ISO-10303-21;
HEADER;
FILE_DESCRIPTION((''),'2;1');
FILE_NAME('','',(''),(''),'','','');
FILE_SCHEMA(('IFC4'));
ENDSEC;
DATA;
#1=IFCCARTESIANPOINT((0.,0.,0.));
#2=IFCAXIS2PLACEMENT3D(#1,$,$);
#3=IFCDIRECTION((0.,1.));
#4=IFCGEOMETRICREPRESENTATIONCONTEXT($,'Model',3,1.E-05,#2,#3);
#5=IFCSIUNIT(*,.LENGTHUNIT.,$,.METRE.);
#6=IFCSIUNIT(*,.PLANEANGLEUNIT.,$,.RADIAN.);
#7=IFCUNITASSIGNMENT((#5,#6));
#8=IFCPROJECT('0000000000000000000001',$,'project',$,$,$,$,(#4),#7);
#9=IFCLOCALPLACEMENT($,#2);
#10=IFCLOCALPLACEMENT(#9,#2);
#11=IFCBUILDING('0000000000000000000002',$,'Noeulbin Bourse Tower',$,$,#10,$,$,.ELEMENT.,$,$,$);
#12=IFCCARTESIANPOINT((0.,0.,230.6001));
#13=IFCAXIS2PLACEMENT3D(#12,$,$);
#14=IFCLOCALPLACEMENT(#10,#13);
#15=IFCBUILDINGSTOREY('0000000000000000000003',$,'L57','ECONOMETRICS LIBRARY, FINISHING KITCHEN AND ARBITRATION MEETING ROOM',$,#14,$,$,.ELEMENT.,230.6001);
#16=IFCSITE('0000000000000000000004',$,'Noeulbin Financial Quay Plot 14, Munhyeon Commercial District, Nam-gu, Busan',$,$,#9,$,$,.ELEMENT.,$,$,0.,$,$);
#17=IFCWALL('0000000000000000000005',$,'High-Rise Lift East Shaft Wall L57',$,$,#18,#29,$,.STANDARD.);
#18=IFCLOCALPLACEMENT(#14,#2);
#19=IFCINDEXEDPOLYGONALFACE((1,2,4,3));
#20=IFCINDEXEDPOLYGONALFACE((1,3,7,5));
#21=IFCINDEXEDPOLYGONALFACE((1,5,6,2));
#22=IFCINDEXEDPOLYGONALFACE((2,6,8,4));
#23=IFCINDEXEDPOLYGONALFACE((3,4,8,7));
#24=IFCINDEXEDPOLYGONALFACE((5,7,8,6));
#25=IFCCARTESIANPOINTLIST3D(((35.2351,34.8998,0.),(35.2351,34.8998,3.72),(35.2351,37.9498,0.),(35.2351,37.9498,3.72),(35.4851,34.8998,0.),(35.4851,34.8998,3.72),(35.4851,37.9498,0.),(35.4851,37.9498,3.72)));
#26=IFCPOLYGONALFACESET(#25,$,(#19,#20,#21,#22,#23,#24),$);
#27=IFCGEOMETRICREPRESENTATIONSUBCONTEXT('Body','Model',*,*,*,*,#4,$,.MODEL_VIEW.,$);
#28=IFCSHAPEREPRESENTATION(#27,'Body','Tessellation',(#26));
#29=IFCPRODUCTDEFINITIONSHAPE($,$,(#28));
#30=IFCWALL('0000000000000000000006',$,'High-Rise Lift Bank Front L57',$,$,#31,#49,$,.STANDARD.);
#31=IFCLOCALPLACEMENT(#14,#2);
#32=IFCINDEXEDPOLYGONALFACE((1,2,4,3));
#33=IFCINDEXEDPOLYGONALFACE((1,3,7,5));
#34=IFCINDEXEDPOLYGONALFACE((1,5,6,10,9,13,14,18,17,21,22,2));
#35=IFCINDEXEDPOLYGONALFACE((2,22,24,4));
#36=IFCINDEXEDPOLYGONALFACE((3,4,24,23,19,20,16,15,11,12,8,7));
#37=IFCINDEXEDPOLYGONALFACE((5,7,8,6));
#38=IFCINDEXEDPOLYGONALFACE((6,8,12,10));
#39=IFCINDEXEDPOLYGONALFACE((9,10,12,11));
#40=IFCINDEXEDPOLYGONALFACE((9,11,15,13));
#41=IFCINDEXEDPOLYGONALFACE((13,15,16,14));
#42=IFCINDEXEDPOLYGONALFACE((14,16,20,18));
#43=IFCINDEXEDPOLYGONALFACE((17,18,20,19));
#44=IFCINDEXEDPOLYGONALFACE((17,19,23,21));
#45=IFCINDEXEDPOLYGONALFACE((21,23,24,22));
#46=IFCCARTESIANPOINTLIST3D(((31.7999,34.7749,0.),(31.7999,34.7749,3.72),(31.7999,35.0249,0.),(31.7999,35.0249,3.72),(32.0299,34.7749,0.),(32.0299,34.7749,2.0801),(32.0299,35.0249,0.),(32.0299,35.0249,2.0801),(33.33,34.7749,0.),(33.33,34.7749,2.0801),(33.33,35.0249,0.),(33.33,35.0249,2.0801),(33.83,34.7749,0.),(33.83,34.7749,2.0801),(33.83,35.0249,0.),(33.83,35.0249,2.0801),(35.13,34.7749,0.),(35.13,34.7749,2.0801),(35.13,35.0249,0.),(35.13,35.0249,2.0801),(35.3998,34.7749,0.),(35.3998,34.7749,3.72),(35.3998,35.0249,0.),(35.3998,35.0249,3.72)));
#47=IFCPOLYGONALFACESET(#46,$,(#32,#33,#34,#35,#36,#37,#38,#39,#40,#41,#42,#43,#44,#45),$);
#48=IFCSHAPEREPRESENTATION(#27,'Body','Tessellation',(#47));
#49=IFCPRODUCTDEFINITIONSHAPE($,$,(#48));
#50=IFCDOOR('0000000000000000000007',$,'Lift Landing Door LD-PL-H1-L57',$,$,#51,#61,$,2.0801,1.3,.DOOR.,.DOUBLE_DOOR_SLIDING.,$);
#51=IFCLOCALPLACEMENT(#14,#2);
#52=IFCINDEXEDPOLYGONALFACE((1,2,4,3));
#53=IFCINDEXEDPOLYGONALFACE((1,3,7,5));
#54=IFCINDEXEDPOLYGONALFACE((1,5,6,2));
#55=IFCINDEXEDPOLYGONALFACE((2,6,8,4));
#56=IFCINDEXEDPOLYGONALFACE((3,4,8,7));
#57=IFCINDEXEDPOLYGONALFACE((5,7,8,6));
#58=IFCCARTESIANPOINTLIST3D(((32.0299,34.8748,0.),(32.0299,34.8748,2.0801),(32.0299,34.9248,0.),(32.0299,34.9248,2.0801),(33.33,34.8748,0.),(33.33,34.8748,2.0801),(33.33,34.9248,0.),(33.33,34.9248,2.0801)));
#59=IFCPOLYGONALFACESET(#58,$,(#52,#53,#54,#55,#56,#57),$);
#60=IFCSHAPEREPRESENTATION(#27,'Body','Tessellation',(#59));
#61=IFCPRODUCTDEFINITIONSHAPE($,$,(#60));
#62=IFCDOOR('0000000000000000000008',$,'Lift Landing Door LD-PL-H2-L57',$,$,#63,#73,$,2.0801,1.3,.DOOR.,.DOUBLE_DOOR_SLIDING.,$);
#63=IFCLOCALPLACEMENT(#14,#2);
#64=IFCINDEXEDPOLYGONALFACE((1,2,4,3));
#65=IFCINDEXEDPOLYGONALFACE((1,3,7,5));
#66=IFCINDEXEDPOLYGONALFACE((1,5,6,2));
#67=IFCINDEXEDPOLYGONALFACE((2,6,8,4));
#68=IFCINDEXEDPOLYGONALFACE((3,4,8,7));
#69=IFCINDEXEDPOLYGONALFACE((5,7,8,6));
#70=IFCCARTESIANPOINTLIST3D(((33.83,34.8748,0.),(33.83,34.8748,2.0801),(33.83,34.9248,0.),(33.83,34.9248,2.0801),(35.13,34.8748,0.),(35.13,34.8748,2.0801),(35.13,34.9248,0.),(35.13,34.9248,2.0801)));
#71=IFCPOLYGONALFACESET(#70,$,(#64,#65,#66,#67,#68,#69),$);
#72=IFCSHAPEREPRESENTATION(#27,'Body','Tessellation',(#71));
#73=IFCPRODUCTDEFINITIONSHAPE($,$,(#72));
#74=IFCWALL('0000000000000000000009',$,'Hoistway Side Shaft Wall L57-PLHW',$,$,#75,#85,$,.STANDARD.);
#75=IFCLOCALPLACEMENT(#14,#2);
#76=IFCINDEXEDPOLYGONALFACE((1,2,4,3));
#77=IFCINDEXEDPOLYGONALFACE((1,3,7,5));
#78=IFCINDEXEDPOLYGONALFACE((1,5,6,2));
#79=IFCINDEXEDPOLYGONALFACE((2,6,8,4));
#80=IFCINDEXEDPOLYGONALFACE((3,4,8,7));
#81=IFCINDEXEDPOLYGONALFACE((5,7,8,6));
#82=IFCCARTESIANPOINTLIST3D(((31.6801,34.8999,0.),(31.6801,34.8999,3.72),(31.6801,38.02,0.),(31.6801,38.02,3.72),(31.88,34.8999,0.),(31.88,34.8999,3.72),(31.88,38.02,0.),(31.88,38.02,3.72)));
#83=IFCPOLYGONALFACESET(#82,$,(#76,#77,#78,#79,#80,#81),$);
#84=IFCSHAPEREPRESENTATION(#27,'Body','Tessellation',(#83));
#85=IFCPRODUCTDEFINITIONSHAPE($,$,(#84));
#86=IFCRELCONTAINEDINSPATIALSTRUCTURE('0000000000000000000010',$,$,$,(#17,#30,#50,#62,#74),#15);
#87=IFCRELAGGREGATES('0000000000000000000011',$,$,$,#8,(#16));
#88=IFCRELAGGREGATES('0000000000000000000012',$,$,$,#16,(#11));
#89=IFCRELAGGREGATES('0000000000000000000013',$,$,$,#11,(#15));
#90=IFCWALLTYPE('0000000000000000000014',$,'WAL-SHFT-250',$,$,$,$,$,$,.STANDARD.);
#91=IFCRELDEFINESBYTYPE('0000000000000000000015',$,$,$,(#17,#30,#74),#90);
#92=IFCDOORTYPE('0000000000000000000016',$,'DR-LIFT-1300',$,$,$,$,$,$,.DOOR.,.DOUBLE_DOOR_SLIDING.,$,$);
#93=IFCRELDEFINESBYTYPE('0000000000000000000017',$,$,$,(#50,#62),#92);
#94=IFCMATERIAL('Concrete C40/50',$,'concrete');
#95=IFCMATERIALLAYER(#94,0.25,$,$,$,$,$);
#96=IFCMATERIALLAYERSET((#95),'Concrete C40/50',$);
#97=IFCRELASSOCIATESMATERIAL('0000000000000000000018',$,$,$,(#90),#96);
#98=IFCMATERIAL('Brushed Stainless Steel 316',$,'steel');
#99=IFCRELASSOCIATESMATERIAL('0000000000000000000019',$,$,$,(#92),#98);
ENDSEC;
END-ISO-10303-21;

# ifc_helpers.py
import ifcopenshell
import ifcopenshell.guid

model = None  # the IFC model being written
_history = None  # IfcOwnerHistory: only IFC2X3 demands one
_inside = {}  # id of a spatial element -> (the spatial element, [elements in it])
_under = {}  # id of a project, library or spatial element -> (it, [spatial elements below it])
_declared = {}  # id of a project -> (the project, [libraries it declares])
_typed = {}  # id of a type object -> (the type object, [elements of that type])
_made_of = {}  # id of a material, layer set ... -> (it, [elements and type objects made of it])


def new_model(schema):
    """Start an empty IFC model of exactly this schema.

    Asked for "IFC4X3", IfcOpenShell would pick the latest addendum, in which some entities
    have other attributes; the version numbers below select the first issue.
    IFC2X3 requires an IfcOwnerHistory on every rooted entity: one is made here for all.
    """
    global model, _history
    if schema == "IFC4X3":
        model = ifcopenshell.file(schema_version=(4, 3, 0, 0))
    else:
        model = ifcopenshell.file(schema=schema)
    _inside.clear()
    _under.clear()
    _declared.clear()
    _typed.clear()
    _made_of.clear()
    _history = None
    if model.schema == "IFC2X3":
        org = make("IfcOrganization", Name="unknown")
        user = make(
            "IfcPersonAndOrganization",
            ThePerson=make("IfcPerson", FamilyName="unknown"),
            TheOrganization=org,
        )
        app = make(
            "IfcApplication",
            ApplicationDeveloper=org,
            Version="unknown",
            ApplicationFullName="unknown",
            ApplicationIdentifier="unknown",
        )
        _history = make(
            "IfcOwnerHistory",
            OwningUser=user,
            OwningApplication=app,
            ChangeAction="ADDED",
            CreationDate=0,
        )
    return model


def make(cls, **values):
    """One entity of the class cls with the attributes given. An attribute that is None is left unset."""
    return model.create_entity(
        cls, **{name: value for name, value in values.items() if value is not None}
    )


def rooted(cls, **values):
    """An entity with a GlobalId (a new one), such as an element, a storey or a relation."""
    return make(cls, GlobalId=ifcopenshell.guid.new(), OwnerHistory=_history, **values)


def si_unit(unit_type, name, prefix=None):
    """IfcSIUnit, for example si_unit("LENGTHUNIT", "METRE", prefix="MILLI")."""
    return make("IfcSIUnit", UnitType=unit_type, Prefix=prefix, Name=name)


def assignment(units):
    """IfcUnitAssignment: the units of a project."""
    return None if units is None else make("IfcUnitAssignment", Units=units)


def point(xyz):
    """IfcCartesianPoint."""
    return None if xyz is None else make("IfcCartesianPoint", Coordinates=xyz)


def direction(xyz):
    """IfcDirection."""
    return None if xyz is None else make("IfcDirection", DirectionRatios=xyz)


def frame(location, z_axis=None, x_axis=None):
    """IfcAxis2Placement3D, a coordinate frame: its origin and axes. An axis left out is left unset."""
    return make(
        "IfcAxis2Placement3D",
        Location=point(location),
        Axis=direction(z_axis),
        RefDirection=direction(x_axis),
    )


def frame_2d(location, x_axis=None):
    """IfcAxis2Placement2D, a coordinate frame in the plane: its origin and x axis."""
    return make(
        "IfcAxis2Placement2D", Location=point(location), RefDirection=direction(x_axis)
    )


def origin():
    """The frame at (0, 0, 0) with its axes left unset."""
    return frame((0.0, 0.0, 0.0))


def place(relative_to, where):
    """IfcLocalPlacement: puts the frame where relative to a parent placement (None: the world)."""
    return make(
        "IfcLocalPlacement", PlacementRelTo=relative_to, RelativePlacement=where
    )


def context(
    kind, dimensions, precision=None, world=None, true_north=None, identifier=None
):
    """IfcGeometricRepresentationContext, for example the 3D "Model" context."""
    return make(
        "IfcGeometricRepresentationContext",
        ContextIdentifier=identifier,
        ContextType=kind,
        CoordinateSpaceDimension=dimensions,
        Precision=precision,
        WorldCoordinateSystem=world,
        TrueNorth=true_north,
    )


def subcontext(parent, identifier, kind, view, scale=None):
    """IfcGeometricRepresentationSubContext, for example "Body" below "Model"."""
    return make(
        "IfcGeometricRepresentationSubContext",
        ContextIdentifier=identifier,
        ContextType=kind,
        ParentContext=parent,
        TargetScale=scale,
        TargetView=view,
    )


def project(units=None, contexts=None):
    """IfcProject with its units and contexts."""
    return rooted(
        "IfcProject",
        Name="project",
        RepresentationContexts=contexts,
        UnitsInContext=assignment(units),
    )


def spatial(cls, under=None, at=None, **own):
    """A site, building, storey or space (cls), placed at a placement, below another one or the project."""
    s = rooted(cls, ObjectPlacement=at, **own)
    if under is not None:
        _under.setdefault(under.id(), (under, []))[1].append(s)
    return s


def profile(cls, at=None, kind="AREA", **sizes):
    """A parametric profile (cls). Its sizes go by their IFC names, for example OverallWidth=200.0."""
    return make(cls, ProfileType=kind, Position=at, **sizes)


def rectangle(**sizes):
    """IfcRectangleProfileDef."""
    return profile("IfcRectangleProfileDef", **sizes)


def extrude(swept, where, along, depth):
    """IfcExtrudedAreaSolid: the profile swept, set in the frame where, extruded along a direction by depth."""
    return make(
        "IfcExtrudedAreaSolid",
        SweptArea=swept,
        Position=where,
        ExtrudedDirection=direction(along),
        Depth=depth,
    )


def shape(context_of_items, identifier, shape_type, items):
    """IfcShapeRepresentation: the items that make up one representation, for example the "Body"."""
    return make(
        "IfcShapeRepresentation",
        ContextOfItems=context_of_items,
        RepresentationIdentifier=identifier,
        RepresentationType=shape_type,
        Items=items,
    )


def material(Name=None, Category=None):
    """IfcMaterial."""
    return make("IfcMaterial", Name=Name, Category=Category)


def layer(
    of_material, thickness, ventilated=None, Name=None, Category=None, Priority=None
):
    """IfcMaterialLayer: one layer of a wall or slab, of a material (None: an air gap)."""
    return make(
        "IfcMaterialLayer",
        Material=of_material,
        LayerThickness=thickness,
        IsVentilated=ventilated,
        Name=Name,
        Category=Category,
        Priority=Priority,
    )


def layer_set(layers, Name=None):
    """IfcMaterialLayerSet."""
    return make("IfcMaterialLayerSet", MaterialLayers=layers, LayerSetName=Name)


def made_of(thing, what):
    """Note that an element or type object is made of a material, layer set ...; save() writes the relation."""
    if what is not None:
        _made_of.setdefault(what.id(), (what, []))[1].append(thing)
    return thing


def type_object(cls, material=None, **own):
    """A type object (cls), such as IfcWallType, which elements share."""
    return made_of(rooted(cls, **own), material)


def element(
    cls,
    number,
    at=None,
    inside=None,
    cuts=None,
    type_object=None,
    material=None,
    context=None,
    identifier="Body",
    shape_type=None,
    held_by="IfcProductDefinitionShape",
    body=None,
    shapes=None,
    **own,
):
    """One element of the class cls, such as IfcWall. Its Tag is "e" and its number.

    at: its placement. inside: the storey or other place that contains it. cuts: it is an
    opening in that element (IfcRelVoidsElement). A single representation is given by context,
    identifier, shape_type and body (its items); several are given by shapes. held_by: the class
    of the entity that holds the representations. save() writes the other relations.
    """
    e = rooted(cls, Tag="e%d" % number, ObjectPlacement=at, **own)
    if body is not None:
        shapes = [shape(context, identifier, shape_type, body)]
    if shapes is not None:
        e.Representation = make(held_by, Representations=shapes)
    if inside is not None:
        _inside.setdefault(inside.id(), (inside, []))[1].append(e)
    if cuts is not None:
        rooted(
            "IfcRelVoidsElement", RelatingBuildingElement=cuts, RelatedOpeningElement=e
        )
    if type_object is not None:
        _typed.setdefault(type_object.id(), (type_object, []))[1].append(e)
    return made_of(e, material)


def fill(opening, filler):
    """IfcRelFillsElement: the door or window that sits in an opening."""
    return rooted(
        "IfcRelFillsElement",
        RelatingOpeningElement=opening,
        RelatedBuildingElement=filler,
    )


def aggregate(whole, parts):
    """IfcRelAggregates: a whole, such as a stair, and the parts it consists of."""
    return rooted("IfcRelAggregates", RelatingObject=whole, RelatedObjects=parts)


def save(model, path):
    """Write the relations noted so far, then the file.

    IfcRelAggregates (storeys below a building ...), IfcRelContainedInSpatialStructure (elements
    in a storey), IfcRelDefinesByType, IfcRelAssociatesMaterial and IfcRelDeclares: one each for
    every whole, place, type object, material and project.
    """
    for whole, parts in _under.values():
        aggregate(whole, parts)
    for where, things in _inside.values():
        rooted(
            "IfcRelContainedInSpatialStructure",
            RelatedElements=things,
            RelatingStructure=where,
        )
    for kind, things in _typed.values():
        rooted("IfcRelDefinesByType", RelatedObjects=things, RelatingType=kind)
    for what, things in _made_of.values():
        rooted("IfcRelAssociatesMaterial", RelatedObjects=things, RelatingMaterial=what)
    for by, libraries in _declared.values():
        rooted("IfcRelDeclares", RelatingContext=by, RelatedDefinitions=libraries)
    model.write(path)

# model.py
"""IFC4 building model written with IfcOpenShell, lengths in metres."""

from ifc_helpers import new_model, si_unit, direction, frame, frame_2d, origin, place, context, subcontext, project, spatial, rectangle, extrude, material, layer, layer_set, type_object, element, fill, save


model = new_model("IFC4")

# Units and contexts
model_context = context("Model", 3, precision=1e-05, world=origin(), true_north=direction((0.0, 1.0)))
body_context = subcontext(model_context, "Body", "Model", "MODEL_VIEW")
ifc_project = project(units=[si_unit("LENGTHUNIT", "METRE"), si_unit("PLANEANGLEUNIT", "RADIAN")], contexts=[model_context])

# Site, building, storey
site_placement = place(None, origin())
site = spatial("IfcSite", under=ifc_project, at=site_placement, Name="Noeulbin Financial Quay Plot 14, Munhyeon Commercial District, Nam-gu, Busan", CompositionType="ELEMENT", RefElevation=0.0)
building_placement = place(site_placement, origin())
building = spatial("IfcBuilding", under=site, at=building_placement, Name="Noeulbin Bourse Tower", CompositionType="ELEMENT")
storey_placement = place(building_placement, frame((0.0, 0.0, 230.6001)))
storey = spatial("IfcBuildingStorey", under=building, at=storey_placement, Name="L57", Description="ECONOMETRICS LIBRARY, FINISHING KITCHEN AND ARBITRATION MEETING ROOM", CompositionType="ELEMENT", Elevation=230.6001)

# Wall
ifc_material_1 = material(Name="Concrete C40/50", Category="concrete")
ifc_layer_1 = layer(ifc_material_1, 0.25)
ifc_layer_set_1 = layer_set([ifc_layer_1], Name="Concrete C40/50")
wall_type = type_object("IfcWallType", Name="WAL-SHFT-250", PredefinedType="STANDARD", material=ifc_layer_set_1)
wall_1_placement = place(storey_placement, frame((35.3601, 34.8999, 0.0), z_axis=(0.0, 0.0, 1.0), x_axis=(0.0, 1.0, 0.0)))
element("IfcWall", 1, at=wall_1_placement, inside=storey, type_object=wall_type, Name="High-Rise Lift East Shaft Wall L57", PredefinedType="STANDARD", context=body_context, shape_type="SweptSolid", body=[
    extrude(rectangle(XDim=3.05, YDim=0.25, at=frame_2d((1.5249, 0.0))), origin(), (0.0, 0.0, 1.0), 3.72),
])

# Wall, openings, doors
wall_2_placement = place(storey_placement, frame((31.8, 34.8999, 0.0), z_axis=(0.0, 0.0, 1.0), x_axis=(1.0, 0.0, 0.0)))
wall_2 = element("IfcWall", 2, at=wall_2_placement, inside=storey, type_object=wall_type, Name="High-Rise Lift Bank Front L57", PredefinedType="STANDARD", context=body_context, shape_type="SweptSolid", body=[
    extrude(rectangle(XDim=3.5999, YDim=0.25, at=frame_2d((1.7998, 0.0))), origin(), (0.0, 0.0, 1.0), 3.72),
])
opening_1_placement = place(wall_2_placement, frame((0.23, 0.0, 0.0)))
opening_1 = element("IfcOpeningElement", 3, at=opening_1_placement, cuts=wall_2, PredefinedType="OPENING", context=body_context, shape_type="SweptSolid", body=[
    extrude(rectangle(XDim=1.3, YDim=2.0801, at=frame_2d((0.6499, 1.04))), frame((0.0, 0.135, 0.0), z_axis=(0.0, -1.0, 0.0), x_axis=(1.0, 0.0, 0.0)), (0.0, 0.0, 1.0), 0.27),
])
opening_2_placement = place(wall_2_placement, frame((2.03, 0.0, 0.0)))
opening_2 = element("IfcOpeningElement", 4, at=opening_2_placement, cuts=wall_2, PredefinedType="OPENING", context=body_context, shape_type="SweptSolid", body=[
    extrude(rectangle(XDim=1.3, YDim=2.0801, at=frame_2d((0.6499, 1.04))), frame((0.0, 0.135, 0.0), z_axis=(0.0, -1.0, 0.0), x_axis=(1.0, 0.0, 0.0)), (0.0, 0.0, 1.0), 0.27),
])
ifc_material_2 = material(Name="Brushed Stainless Steel 316", Category="steel")
door_type = type_object("IfcDoorType", Name="DR-LIFT-1300", OperationType="DOUBLE_DOOR_SLIDING", PredefinedType="DOOR", material=ifc_material_2)
door_1_placement = place(opening_1_placement, origin())
door_1 = element("IfcDoor", 5, at=door_1_placement, inside=storey, type_object=door_type, Name="Lift Landing Door LD-PL-H1-L57", OperationType="DOUBLE_DOOR_SLIDING", OverallHeight=2.0801, OverallWidth=1.3, PredefinedType="DOOR", context=body_context, shape_type="SweptSolid", body=[
    extrude(rectangle(XDim=1.3, YDim=2.0801, at=frame_2d((0.6499, 1.04))), frame((0.0, 0.0249, 0.0), z_axis=(0.0, -1.0, 0.0), x_axis=(1.0, 0.0, 0.0)), (0.0, 0.0, 1.0), 0.05),
])
fill(opening_1, door_1)
door_2_placement = place(opening_2_placement, origin())
door_2 = element("IfcDoor", 6, at=door_2_placement, inside=storey, type_object=door_type, Name="Lift Landing Door LD-PL-H2-L57", OperationType="DOUBLE_DOOR_SLIDING", OverallHeight=2.0801, OverallWidth=1.3, PredefinedType="DOOR", context=body_context, shape_type="SweptSolid", body=[
    extrude(rectangle(XDim=1.3, YDim=2.0801, at=frame_2d((0.6499, 1.04))), frame((0.0, 0.0249, 0.0), z_axis=(0.0, -1.0, 0.0), x_axis=(1.0, 0.0, 0.0)), (0.0, 0.0, 1.0), 0.05),
])
fill(opening_2, door_2)

# Wall
wall_3_placement = place(storey_placement, frame((31.78, 34.8999, 0.0), z_axis=(0.0, 0.0, 1.0), x_axis=(0.0, 1.0, 0.0)))
element("IfcWall", 7, at=wall_3_placement, inside=storey, type_object=wall_type, Name="Hoistway Side Shaft Wall L57-PLHW", PredefinedType="STANDARD", context=body_context, shape_type="SweptSolid", body=[
    extrude(rectangle(XDim=3.1201, YDim=0.2, at=frame_2d((1.5601, 0.0))), origin(), (0.0, 0.0, 1.0), 3.72),
])

save(model, "model.ifc")
